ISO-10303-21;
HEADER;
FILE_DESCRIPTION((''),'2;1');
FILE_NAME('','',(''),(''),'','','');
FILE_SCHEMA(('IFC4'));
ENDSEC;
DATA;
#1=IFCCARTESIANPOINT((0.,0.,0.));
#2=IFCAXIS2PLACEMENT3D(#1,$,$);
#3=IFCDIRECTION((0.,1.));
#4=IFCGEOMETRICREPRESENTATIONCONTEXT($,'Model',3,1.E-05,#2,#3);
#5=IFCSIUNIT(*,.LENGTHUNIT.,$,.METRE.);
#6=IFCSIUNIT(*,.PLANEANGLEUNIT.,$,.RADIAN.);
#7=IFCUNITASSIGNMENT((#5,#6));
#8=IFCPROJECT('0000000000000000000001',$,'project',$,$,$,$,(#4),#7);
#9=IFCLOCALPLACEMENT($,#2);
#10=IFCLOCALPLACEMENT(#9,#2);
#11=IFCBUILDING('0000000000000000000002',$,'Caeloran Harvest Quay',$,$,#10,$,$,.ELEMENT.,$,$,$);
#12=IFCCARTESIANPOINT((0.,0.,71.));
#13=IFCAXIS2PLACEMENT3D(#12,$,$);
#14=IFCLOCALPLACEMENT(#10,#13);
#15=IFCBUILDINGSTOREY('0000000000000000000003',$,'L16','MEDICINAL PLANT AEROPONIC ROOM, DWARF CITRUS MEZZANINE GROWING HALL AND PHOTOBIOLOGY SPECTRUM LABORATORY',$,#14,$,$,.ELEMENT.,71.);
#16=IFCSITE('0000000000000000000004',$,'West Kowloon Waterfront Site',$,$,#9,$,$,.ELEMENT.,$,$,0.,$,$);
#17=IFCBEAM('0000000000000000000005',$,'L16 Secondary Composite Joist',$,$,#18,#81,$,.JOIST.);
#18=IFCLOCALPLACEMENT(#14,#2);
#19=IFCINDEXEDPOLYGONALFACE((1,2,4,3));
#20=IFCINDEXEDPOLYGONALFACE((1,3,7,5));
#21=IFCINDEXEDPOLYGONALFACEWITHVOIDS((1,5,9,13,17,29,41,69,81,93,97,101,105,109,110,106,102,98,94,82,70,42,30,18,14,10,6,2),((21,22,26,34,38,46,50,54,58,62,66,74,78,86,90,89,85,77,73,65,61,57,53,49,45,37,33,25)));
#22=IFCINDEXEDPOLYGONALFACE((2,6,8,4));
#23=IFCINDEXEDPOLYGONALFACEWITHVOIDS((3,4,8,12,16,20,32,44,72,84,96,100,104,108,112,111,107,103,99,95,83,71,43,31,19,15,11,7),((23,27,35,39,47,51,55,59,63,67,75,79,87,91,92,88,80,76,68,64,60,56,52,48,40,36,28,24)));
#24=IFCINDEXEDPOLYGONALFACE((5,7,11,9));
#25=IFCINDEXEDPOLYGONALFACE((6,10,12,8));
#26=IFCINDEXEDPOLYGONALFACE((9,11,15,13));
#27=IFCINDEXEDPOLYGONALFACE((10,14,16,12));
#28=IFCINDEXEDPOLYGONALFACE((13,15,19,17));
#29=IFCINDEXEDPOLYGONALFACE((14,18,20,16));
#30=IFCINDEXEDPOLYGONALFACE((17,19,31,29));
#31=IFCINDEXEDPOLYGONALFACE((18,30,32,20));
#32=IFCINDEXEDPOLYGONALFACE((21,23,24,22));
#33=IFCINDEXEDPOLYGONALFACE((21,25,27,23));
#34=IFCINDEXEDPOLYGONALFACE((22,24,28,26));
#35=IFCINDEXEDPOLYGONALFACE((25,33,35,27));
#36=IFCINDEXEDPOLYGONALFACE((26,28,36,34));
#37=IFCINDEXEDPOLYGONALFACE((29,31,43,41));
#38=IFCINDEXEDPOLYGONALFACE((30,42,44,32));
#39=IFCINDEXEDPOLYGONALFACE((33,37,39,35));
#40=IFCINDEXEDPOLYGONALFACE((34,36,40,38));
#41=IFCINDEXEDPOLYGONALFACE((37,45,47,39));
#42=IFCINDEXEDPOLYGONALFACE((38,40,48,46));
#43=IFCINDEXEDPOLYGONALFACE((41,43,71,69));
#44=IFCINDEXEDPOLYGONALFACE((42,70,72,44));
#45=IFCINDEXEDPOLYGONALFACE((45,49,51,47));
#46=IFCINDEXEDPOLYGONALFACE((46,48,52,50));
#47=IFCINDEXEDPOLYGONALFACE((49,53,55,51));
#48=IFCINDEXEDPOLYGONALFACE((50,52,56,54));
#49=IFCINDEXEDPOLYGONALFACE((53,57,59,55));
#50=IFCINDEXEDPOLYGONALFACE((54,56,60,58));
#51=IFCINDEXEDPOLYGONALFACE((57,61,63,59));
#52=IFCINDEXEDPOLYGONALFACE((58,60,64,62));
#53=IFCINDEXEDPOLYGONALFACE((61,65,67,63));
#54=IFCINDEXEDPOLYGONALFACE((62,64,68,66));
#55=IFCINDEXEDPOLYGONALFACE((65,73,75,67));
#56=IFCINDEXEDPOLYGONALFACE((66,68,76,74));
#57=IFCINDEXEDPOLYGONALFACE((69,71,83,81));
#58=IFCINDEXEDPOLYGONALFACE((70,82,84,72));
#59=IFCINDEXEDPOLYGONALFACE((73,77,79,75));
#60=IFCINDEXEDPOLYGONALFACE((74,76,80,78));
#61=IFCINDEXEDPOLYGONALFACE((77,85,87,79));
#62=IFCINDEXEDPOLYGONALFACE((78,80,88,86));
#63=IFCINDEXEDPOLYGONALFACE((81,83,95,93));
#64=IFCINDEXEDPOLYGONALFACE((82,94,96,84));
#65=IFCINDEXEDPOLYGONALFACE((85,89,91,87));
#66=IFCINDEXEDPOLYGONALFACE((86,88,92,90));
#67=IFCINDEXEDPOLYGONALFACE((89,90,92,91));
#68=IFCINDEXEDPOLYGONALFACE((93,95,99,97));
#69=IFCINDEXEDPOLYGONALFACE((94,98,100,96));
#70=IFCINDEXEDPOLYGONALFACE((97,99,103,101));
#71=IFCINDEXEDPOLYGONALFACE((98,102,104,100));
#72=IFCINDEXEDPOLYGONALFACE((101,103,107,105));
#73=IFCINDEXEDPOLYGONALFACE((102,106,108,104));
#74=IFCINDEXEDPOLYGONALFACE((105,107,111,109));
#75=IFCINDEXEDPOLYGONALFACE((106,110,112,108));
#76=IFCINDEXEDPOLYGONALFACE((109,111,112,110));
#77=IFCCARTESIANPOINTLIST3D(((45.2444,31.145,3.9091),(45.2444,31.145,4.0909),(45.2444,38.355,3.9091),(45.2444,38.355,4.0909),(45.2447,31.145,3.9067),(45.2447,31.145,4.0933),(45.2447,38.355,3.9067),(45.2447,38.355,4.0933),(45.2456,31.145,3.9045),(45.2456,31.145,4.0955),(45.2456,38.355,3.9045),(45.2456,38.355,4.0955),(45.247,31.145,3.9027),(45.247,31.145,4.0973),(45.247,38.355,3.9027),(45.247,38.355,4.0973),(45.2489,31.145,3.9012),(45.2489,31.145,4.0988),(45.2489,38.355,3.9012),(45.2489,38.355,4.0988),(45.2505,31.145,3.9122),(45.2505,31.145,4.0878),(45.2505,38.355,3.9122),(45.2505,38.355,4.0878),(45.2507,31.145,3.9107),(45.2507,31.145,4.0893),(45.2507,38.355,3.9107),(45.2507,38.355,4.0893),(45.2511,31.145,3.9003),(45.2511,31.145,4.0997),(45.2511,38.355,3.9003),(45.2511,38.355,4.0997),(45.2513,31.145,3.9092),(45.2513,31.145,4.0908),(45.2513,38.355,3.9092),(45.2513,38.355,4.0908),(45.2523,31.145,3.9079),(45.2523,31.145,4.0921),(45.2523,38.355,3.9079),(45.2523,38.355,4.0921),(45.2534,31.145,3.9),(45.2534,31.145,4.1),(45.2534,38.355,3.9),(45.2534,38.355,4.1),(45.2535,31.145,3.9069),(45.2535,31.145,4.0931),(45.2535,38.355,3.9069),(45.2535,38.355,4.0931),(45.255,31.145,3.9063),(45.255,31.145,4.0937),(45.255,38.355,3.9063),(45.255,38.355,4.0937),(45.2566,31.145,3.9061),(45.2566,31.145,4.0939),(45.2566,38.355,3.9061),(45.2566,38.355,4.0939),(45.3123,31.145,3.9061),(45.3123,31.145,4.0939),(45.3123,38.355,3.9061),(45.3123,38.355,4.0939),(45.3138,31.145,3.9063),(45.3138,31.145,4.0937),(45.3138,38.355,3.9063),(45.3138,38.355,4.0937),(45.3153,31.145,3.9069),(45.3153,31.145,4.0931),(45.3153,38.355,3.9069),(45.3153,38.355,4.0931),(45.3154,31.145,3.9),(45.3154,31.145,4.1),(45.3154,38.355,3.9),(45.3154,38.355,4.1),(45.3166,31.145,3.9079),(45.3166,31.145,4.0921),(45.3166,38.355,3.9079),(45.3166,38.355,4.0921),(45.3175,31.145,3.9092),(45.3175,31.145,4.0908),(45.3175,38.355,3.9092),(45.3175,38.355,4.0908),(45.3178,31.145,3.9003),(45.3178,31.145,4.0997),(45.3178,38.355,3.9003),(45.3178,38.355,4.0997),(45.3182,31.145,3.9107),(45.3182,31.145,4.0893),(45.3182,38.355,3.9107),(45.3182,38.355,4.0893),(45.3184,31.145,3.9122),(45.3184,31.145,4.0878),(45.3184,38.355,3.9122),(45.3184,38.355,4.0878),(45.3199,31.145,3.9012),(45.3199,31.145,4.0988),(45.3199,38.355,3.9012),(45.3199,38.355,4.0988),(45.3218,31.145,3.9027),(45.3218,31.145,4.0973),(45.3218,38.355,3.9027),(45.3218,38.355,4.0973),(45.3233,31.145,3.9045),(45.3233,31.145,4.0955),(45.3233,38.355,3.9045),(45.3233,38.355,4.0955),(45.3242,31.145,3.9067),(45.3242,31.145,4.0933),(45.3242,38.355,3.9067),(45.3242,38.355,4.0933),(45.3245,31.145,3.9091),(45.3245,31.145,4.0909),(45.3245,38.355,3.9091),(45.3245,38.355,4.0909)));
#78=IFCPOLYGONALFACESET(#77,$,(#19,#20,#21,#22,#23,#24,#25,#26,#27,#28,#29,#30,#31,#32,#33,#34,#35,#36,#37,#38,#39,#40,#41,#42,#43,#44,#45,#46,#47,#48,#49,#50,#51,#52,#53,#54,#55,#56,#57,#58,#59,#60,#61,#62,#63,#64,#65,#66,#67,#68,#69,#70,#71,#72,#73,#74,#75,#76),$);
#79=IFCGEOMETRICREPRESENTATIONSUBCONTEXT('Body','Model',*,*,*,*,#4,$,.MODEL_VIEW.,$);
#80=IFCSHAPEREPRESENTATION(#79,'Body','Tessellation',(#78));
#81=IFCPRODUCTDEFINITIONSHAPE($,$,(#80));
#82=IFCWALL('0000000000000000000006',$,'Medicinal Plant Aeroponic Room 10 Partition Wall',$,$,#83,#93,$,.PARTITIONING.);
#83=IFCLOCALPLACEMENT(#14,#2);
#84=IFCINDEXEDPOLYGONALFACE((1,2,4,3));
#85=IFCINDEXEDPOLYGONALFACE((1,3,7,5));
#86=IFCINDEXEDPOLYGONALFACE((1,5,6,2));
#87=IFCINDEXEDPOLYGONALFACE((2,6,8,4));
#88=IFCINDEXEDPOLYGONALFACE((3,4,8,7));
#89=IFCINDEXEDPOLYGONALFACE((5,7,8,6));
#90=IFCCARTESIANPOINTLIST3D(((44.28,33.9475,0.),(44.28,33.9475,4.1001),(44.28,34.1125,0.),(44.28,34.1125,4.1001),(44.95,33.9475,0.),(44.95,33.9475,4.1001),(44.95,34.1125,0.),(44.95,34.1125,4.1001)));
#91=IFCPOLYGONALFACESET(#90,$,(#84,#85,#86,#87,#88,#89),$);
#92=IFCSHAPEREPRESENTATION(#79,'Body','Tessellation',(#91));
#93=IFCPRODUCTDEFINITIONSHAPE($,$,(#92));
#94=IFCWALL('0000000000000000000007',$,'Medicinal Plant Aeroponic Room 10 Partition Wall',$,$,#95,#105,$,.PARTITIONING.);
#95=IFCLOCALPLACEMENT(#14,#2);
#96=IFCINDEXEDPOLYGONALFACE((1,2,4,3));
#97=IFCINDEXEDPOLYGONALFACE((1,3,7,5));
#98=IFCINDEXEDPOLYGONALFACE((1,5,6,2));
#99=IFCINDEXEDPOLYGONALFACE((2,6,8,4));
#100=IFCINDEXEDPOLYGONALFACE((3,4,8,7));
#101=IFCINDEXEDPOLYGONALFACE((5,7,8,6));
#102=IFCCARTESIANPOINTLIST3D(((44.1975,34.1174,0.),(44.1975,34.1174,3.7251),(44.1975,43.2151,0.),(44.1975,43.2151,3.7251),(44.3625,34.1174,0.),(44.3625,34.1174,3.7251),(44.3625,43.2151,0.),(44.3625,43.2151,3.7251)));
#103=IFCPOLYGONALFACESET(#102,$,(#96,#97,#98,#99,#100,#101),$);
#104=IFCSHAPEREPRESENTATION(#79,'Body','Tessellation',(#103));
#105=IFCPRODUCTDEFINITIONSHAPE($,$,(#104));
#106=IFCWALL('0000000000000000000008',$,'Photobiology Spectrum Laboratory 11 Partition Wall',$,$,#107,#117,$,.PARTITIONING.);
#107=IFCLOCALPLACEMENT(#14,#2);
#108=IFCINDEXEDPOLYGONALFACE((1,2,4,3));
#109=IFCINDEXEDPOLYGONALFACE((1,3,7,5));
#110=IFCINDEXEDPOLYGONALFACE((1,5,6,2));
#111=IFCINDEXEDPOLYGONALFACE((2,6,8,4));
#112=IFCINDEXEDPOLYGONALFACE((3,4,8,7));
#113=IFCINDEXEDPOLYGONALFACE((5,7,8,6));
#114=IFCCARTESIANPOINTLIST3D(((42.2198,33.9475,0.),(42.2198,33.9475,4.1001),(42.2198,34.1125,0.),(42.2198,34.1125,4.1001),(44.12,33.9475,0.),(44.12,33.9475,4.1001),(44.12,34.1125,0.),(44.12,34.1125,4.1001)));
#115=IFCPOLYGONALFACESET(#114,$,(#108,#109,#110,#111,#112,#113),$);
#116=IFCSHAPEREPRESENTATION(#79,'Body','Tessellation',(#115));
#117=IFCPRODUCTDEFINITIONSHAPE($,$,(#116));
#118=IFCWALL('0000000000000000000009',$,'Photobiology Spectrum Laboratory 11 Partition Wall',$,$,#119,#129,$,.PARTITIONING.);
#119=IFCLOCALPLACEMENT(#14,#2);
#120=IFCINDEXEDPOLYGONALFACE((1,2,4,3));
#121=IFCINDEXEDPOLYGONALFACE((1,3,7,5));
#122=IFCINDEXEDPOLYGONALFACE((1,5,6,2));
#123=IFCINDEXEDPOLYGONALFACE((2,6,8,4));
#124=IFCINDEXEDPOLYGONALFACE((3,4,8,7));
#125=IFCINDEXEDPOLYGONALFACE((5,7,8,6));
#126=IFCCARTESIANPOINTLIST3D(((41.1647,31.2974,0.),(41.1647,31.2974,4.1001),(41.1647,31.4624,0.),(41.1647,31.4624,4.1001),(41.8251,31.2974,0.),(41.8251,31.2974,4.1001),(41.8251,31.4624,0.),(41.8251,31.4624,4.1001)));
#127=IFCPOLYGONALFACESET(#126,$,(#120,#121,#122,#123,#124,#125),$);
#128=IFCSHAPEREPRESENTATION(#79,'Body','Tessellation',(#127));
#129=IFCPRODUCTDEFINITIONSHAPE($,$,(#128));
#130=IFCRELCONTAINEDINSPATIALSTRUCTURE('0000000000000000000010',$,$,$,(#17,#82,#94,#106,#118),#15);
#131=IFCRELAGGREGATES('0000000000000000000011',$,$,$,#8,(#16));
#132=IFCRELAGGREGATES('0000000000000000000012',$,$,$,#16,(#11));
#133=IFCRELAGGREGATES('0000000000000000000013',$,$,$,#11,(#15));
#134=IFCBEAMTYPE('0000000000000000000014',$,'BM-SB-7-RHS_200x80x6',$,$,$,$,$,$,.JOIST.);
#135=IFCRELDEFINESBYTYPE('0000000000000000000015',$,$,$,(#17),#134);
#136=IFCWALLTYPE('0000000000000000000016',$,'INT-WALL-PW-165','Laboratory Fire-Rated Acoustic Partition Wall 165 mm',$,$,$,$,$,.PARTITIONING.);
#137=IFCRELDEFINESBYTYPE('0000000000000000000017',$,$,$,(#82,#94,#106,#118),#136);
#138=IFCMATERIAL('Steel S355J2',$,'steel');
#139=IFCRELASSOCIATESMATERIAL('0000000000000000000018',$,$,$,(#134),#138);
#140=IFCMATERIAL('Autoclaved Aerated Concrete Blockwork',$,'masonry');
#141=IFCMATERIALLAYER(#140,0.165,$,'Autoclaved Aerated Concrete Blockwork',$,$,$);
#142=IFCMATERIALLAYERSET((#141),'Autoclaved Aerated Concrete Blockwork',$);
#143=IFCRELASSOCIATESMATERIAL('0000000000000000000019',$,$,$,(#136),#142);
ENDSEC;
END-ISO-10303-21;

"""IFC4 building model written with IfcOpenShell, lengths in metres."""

from ifc_helpers import new_model, si_unit, direction, frame, frame_2d, origin, origin_2d, place, context, subcontext, project, spatial, rectangle, hollow_rectangle, extrude, material, layer, layer_set, material_profile, profile_set, type_object, element, save


model = new_model("IFC4")

# Units and contexts
model_context = context("Model", 3, precision=1e-05, world=origin(), true_north=direction((0.0, 1.0)))
body_context = subcontext(model_context, "Body", "Model", "MODEL_VIEW")
ifc_project = project(units=[si_unit("LENGTHUNIT", "METRE"), si_unit("PLANEANGLEUNIT", "RADIAN")], contexts=[model_context])

# Site, building, storey
site_placement = place(None, origin())
site = spatial("IfcSite", under=ifc_project, at=site_placement, Name="West Kowloon Waterfront Site", CompositionType="ELEMENT", RefElevation=0.0)
building_placement = place(site_placement, origin())
building = spatial("IfcBuilding", under=site, at=building_placement, Name="Caeloran Harvest Quay", CompositionType="ELEMENT")
storey_placement = place(building_placement, frame((0.0, 0.0, 71.0)))
storey = spatial("IfcBuildingStorey", under=building, at=storey_placement, Name="L16", Description="MEDICINAL PLANT AEROPONIC ROOM, DWARF CITRUS MEZZANINE GROWING HALL AND PHOTOBIOLOGY SPECTRUM LABORATORY", CompositionType="ELEMENT", Elevation=71.0)

# Beam
ifc_material_1 = material(Name="Steel S355J2", Category="steel")
ifc_material_profile_1 = material_profile(ifc_material_1, hollow_rectangle(XDim=0.0801, YDim=0.2, WallThickness=0.0061, InnerFilletRadius=0.0061, OuterFilletRadius=0.009, at=origin_2d()), Name="RHS 200x80x6")
ifc_profile_set_1 = profile_set([ifc_material_profile_1], Name="Steel S355J2")
beam_type_1 = type_object("IfcBeamType", Name="BM-SB-7-RHS_200x80x6", PredefinedType="JOIST", material=ifc_profile_set_1)
for number, where, z_axis, x_axis, name in (
    (1, (45.2844, 31.145, 4.0), (0.0, 1.0, 0.0), (-1.0, 0.0, 0.0), "L16 Secondary Composite Joist"),
):
    element("IfcBeam", number, at=place(storey_placement, frame(where, z_axis=z_axis, x_axis=x_axis)), inside=storey, type_object=beam_type_1, Name=name, PredefinedType="JOIST", context=body_context, shape_type="SweptSolid", body=[
        extrude(hollow_rectangle(XDim=0.0801, YDim=0.2, WallThickness=0.0061, InnerFilletRadius=0.0061, OuterFilletRadius=0.009, at=origin_2d()), origin(), (0.0, 0.0, 1.0), 7.21),
    ])

# Walls
ifc_material_2 = material(Name="Autoclaved Aerated Concrete Blockwork", Category="masonry")
ifc_layer = layer(ifc_material_2, 0.165, Name="Autoclaved Aerated Concrete Blockwork")
ifc_layer_set = layer_set([ifc_layer], Name="Autoclaved Aerated Concrete Blockwork")
wall_type = type_object("IfcWallType", Name="INT-WALL-PW-165", Description="Laboratory Fire-Rated Acoustic Partition Wall 165 mm", PredefinedType="PARTITIONING", material=ifc_layer_set)
wall_1_placement = place(storey_placement, frame((44.95, 34.03, 0.0), z_axis=(0.0, 0.0, 1.0), x_axis=(-1.0, 0.0, 0.0)))
element("IfcWall", 2, at=wall_1_placement, inside=storey, type_object=wall_type, Name="Medicinal Plant Aeroponic Room 10 Partition Wall", PredefinedType="PARTITIONING", context=body_context, shape_type="SweptSolid", body=[
    extrude(rectangle(XDim=0.6699, YDim=0.165, at=frame_2d((0.335, 0.0))), origin(), (0.0, 0.0, 1.0), 4.1001),
])
wall_2_placement = place(storey_placement, frame((44.28, 34.1174, 0.0), z_axis=(0.0, 0.0, 1.0), x_axis=(0.0, 1.0, 0.0)))
element("IfcWall", 3, at=wall_2_placement, inside=storey, type_object=wall_type, Name="Medicinal Plant Aeroponic Room 10 Partition Wall", PredefinedType="PARTITIONING", context=body_context, shape_type="SweptSolid", body=[
    extrude(rectangle(XDim=9.0977, YDim=0.165, at=frame_2d((4.5488, 0.0))), origin(), (0.0, 0.0, 1.0), 3.7251),
])
wall_3_placement = place(storey_placement, frame((44.1201, 34.03, 0.0), z_axis=(0.0, 0.0, 1.0), x_axis=(-1.0, 0.0, 0.0)))
element("IfcWall", 4, at=wall_3_placement, inside=storey, type_object=wall_type, Name="Photobiology Spectrum Laboratory 11 Partition Wall", PredefinedType="PARTITIONING", context=body_context, shape_type="SweptSolid", body=[
    extrude(rectangle(XDim=1.9001, YDim=0.165, at=frame_2d((0.9502, 0.0))), origin(), (0.0, 0.0, 1.0), 4.1001),
])

# Wall
wall_4_placement = place(storey_placement, frame((41.825, 31.3799, 0.0), z_axis=(0.0, 0.0, 1.0), x_axis=(-1.0, 0.0, 0.0)))
element("IfcWall", 5, at=wall_4_placement, inside=storey, type_object=wall_type, Name="Photobiology Spectrum Laboratory 11 Partition Wall", PredefinedType="PARTITIONING", context=body_context, shape_type="SweptSolid", body=[
    extrude(rectangle(XDim=0.6604, YDim=0.165, at=frame_2d((0.3301, 0.0))), origin(), (0.0, 0.0, 1.0), 4.1001),
])

save(model, "model.ifc")
